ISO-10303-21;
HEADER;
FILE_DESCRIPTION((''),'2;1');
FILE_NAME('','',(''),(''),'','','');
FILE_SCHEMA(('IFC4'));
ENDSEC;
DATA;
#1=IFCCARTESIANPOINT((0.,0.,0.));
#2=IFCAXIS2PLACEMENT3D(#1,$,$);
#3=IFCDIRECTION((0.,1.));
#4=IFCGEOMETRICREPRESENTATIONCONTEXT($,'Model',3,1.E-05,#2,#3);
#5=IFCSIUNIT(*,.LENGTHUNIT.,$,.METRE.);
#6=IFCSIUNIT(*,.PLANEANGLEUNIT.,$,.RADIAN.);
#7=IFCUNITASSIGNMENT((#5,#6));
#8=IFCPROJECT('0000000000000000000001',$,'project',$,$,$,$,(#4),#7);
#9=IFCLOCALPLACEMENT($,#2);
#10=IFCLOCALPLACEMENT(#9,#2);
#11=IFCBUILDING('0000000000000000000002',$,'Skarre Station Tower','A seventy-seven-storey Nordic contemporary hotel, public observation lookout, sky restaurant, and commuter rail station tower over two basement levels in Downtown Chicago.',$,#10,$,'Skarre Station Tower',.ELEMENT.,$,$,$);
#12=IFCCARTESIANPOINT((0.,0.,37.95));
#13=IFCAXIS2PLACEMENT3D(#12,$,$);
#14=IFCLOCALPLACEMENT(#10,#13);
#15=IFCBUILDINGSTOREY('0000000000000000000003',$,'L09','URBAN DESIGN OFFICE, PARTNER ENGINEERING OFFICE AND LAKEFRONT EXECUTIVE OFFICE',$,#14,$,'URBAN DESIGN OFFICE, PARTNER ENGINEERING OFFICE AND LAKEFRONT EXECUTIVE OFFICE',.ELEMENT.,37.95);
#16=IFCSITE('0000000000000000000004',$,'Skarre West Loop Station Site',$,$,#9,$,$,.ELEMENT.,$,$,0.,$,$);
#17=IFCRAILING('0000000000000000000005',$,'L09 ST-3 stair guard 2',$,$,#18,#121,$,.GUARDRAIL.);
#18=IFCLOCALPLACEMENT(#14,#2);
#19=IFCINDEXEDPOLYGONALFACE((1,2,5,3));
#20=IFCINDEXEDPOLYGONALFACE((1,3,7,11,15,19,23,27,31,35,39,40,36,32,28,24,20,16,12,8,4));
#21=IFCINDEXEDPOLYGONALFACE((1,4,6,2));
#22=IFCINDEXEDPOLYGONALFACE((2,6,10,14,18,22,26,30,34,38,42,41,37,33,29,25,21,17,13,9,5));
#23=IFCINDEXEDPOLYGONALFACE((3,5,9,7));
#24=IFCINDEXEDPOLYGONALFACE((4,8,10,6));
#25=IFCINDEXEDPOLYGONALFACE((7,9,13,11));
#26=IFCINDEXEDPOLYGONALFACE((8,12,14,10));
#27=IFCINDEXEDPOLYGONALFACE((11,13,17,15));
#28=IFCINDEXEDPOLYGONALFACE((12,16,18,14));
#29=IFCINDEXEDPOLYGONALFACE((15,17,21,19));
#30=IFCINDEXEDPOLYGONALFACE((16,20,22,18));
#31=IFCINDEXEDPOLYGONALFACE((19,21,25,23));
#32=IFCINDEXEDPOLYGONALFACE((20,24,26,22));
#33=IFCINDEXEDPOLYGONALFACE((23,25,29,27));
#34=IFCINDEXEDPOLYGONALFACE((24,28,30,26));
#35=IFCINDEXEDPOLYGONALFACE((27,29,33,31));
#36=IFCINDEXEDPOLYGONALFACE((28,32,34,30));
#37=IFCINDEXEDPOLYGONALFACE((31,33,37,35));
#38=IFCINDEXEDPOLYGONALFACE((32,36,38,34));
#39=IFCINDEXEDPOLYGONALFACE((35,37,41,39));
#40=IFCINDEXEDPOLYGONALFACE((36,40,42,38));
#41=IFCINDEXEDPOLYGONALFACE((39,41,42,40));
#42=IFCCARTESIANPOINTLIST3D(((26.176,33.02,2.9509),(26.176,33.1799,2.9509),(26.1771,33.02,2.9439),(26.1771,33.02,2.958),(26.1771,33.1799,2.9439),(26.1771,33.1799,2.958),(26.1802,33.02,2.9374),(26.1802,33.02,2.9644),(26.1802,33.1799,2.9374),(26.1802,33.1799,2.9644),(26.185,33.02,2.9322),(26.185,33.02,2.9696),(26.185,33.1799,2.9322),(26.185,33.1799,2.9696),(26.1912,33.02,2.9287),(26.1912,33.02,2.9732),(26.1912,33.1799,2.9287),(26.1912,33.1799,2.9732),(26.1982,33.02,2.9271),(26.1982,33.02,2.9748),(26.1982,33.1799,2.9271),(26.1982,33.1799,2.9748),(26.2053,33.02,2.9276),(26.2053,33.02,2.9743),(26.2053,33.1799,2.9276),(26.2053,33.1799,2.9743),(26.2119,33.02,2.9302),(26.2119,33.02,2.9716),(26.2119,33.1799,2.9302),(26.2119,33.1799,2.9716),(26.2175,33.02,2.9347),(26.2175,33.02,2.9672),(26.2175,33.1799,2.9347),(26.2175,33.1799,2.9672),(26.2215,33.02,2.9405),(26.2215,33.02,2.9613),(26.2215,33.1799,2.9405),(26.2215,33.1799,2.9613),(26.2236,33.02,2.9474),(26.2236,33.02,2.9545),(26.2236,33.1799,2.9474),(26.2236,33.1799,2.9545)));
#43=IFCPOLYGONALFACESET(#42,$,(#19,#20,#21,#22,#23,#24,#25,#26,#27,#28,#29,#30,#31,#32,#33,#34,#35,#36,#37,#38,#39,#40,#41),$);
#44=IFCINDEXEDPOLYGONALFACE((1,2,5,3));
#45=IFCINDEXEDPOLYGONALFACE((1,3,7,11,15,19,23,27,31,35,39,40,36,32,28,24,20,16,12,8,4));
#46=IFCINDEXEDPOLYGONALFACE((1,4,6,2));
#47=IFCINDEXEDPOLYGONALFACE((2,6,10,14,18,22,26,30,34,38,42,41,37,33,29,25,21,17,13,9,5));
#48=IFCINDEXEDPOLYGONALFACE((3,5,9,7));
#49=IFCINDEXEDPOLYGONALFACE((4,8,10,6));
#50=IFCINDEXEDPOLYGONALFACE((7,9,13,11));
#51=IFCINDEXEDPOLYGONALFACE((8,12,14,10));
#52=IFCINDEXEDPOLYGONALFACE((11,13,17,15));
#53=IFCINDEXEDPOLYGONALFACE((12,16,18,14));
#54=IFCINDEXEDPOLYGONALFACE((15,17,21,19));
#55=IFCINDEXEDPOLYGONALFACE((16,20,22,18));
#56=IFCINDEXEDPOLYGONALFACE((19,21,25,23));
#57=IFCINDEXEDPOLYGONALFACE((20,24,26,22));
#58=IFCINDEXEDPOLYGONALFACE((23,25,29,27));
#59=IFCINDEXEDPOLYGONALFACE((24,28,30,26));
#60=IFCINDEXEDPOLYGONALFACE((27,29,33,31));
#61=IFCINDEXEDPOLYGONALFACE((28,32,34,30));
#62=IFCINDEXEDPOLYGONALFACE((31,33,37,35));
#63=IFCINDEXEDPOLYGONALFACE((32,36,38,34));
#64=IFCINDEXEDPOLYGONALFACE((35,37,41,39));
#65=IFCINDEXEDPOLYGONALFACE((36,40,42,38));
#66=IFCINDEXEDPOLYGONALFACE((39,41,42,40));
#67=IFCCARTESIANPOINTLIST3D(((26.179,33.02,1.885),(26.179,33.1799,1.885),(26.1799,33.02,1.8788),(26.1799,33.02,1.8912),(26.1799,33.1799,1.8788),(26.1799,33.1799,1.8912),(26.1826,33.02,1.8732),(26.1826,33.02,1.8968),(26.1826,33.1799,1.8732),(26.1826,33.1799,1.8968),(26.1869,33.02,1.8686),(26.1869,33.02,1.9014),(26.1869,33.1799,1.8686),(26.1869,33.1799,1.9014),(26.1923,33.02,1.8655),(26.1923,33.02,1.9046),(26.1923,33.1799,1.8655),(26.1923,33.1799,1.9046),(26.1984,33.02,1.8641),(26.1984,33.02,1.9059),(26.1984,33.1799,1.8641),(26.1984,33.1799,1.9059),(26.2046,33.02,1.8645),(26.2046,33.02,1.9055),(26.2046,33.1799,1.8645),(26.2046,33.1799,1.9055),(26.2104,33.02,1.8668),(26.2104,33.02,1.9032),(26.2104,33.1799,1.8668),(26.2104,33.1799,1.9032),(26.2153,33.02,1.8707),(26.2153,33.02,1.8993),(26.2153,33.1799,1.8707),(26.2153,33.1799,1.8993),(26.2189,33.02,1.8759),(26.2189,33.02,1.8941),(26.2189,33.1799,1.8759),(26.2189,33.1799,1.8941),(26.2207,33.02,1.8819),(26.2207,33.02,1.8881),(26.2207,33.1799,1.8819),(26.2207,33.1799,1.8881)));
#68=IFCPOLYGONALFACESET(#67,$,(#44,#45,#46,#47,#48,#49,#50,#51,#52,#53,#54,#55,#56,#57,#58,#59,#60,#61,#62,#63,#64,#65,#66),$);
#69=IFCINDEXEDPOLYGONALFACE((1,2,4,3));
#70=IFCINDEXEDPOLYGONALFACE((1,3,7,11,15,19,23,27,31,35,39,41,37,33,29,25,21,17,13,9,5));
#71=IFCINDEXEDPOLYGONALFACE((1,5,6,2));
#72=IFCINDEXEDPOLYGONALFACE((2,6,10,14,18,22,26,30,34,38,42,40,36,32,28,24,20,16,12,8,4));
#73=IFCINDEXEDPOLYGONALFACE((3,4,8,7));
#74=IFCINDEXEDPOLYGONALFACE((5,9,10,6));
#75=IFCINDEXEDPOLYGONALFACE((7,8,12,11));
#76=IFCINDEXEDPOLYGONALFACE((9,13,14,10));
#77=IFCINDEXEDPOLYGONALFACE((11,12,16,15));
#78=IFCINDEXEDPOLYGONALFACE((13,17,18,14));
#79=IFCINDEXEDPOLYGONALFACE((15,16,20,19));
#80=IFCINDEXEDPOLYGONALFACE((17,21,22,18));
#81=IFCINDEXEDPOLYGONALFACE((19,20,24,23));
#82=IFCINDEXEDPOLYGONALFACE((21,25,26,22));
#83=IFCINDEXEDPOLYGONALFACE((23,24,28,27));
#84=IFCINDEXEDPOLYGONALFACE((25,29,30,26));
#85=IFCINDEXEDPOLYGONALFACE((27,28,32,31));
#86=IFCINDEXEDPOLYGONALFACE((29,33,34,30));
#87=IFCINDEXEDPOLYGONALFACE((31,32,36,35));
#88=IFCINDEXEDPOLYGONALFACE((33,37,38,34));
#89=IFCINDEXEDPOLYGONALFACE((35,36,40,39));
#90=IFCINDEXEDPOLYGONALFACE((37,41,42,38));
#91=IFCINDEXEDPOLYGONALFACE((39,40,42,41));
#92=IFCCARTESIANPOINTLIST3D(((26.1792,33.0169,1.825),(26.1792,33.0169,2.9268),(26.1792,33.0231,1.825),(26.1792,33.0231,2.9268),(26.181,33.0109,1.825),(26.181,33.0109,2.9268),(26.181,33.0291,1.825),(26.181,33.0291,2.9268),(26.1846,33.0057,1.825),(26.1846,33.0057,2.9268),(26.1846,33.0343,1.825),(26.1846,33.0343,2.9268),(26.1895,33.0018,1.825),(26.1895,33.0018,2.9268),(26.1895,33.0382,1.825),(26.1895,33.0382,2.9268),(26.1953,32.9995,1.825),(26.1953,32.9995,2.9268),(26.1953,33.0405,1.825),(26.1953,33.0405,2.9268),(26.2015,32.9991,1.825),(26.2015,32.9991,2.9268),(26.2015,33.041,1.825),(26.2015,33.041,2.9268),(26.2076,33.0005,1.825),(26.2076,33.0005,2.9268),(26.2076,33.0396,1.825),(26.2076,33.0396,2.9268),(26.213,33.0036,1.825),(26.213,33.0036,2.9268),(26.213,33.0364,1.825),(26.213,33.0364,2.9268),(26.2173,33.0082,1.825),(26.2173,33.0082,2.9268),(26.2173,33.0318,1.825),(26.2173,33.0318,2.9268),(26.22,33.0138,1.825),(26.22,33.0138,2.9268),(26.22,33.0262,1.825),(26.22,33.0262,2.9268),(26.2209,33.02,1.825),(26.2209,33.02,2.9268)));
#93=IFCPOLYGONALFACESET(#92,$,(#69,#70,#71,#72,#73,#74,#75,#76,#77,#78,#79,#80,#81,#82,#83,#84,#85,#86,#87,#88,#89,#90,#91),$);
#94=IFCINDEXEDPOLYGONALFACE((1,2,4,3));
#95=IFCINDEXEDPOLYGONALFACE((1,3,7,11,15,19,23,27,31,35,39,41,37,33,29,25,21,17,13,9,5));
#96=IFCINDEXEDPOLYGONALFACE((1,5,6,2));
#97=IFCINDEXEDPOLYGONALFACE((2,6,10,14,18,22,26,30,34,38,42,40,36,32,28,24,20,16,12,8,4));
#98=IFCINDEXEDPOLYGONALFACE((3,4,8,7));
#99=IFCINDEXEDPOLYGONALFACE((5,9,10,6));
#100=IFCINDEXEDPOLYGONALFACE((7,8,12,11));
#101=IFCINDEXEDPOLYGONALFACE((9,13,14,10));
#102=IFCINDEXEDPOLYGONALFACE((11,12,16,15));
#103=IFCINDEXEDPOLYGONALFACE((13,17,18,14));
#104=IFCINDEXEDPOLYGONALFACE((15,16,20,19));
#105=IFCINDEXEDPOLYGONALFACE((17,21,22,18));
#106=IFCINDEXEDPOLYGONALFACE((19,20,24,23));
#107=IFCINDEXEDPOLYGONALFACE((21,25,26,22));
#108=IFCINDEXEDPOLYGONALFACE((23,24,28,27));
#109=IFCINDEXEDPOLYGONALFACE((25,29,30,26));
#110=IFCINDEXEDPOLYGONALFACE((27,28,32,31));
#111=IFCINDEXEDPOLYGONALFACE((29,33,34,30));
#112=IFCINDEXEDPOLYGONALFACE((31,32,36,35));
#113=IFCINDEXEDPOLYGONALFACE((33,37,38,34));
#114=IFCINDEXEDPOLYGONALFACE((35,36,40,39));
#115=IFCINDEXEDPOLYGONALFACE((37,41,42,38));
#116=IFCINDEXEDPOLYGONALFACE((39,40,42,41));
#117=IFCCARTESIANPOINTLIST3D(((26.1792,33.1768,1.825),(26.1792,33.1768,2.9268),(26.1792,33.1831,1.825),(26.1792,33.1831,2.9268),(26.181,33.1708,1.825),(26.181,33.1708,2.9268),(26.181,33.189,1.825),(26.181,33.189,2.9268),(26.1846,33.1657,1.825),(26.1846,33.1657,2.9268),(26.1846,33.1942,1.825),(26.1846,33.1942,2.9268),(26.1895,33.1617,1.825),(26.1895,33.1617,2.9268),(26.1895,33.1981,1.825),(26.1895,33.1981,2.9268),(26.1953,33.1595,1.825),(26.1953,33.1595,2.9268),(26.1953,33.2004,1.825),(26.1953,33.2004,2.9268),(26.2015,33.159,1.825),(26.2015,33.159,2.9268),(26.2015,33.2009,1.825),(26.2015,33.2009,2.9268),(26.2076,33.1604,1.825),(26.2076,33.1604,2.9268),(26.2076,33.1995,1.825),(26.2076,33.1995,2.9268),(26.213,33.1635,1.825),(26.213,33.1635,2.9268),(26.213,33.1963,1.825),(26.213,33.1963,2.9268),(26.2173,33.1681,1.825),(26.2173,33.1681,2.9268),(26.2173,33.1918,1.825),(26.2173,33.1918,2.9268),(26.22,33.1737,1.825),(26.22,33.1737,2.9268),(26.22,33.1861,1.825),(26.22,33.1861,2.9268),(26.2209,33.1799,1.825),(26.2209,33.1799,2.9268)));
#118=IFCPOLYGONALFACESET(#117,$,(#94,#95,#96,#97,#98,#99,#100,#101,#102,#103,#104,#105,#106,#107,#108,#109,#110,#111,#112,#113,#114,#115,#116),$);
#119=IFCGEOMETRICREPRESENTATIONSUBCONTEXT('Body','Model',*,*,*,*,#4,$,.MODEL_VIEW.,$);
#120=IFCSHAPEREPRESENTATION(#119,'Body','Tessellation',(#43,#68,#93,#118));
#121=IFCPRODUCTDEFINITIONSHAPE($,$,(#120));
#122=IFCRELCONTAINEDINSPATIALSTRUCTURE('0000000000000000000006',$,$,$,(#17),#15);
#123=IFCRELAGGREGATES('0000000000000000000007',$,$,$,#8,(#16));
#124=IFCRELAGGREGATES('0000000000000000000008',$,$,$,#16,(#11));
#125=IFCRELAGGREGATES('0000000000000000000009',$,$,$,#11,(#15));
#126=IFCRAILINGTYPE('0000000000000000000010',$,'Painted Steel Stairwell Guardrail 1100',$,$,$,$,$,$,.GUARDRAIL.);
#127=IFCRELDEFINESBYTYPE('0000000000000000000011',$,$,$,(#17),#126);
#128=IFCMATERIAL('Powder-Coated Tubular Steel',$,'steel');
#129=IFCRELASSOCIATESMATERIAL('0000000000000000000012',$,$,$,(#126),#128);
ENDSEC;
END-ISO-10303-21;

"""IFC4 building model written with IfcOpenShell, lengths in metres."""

from ifc_helpers import new_model, si_unit, direction, frame, origin, origin_2d, place, context, subcontext, project, spatial, circle, extrude, material, type_object, element, save


model = new_model("IFC4")

# Units and contexts
model_context = context("Model", 3, precision=1e-05, world=origin(), true_north=direction((0.0, 1.0)))
body_context = subcontext(model_context, "Body", "Model", "MODEL_VIEW")
ifc_project = project(units=[si_unit("LENGTHUNIT", "METRE"), si_unit("PLANEANGLEUNIT", "RADIAN")], contexts=[model_context])

# Site, building, storey
site_placement = place(None, origin())
site = spatial("IfcSite", under=ifc_project, at=site_placement, Name="Skarre West Loop Station Site", CompositionType="ELEMENT", RefElevation=0.0)
building_placement = place(site_placement, origin())
building = spatial("IfcBuilding", under=site, at=building_placement, Name="Skarre Station Tower", Description="A seventy-seven-storey Nordic contemporary hotel, public observation lookout, sky restaurant, and commuter rail station tower over two basement levels in Downtown Chicago.", LongName="Skarre Station Tower", CompositionType="ELEMENT")
storey_placement = place(building_placement, frame((0.0, 0.0, 37.95)))
storey = spatial("IfcBuildingStorey", under=building, at=storey_placement, Name="L09", Description="URBAN DESIGN OFFICE, PARTNER ENGINEERING OFFICE AND LAKEFRONT EXECUTIVE OFFICE", LongName="URBAN DESIGN OFFICE, PARTNER ENGINEERING OFFICE AND LAKEFRONT EXECUTIVE OFFICE", CompositionType="ELEMENT", Elevation=37.95)

# Railing
ifc_material_1 = material(Name="Powder-Coated Tubular Steel", Category="steel")
railing_type_1 = type_object("IfcRailingType", Name="Painted Steel Stairwell Guardrail 1100", PredefinedType="GUARDRAIL", material=ifc_material_1)
railing_1_placement = place(storey_placement, frame((26.2, 33.02, 1.825)))
element("IfcRailing", 1, at=railing_1_placement, inside=storey, type_object=railing_type_1, Name="L09 ST-3 stair guard 2", PredefinedType="GUARDRAIL", context=body_context, shape_type="SweptSolid", body=[
    extrude(circle(Radius=0.0239, at=origin_2d()), frame((0.0, 0.0, 1.126), z_axis=(0.0, 1.0, 0.0), x_axis=(-1.0, 0.0, 0.0)), (0.0, 0.0, 1.0), 0.1599),
    extrude(circle(Radius=0.021, at=origin_2d()), frame((0.0, 0.0, 0.0601), z_axis=(0.0, 1.0, 0.0), x_axis=(-1.0, 0.0, 0.0)), (0.0, 0.0, 1.0), 0.1599),
    extrude(circle(Radius=0.021, at=origin_2d()), origin(), (0.0, 0.0, 1.0), 1.1018),
    extrude(circle(Radius=0.021, at=origin_2d()), frame((0.0, 0.1599, 0.0)), (0.0, 0.0, 1.0), 1.1018),
])

save(model, "model.ifc")
